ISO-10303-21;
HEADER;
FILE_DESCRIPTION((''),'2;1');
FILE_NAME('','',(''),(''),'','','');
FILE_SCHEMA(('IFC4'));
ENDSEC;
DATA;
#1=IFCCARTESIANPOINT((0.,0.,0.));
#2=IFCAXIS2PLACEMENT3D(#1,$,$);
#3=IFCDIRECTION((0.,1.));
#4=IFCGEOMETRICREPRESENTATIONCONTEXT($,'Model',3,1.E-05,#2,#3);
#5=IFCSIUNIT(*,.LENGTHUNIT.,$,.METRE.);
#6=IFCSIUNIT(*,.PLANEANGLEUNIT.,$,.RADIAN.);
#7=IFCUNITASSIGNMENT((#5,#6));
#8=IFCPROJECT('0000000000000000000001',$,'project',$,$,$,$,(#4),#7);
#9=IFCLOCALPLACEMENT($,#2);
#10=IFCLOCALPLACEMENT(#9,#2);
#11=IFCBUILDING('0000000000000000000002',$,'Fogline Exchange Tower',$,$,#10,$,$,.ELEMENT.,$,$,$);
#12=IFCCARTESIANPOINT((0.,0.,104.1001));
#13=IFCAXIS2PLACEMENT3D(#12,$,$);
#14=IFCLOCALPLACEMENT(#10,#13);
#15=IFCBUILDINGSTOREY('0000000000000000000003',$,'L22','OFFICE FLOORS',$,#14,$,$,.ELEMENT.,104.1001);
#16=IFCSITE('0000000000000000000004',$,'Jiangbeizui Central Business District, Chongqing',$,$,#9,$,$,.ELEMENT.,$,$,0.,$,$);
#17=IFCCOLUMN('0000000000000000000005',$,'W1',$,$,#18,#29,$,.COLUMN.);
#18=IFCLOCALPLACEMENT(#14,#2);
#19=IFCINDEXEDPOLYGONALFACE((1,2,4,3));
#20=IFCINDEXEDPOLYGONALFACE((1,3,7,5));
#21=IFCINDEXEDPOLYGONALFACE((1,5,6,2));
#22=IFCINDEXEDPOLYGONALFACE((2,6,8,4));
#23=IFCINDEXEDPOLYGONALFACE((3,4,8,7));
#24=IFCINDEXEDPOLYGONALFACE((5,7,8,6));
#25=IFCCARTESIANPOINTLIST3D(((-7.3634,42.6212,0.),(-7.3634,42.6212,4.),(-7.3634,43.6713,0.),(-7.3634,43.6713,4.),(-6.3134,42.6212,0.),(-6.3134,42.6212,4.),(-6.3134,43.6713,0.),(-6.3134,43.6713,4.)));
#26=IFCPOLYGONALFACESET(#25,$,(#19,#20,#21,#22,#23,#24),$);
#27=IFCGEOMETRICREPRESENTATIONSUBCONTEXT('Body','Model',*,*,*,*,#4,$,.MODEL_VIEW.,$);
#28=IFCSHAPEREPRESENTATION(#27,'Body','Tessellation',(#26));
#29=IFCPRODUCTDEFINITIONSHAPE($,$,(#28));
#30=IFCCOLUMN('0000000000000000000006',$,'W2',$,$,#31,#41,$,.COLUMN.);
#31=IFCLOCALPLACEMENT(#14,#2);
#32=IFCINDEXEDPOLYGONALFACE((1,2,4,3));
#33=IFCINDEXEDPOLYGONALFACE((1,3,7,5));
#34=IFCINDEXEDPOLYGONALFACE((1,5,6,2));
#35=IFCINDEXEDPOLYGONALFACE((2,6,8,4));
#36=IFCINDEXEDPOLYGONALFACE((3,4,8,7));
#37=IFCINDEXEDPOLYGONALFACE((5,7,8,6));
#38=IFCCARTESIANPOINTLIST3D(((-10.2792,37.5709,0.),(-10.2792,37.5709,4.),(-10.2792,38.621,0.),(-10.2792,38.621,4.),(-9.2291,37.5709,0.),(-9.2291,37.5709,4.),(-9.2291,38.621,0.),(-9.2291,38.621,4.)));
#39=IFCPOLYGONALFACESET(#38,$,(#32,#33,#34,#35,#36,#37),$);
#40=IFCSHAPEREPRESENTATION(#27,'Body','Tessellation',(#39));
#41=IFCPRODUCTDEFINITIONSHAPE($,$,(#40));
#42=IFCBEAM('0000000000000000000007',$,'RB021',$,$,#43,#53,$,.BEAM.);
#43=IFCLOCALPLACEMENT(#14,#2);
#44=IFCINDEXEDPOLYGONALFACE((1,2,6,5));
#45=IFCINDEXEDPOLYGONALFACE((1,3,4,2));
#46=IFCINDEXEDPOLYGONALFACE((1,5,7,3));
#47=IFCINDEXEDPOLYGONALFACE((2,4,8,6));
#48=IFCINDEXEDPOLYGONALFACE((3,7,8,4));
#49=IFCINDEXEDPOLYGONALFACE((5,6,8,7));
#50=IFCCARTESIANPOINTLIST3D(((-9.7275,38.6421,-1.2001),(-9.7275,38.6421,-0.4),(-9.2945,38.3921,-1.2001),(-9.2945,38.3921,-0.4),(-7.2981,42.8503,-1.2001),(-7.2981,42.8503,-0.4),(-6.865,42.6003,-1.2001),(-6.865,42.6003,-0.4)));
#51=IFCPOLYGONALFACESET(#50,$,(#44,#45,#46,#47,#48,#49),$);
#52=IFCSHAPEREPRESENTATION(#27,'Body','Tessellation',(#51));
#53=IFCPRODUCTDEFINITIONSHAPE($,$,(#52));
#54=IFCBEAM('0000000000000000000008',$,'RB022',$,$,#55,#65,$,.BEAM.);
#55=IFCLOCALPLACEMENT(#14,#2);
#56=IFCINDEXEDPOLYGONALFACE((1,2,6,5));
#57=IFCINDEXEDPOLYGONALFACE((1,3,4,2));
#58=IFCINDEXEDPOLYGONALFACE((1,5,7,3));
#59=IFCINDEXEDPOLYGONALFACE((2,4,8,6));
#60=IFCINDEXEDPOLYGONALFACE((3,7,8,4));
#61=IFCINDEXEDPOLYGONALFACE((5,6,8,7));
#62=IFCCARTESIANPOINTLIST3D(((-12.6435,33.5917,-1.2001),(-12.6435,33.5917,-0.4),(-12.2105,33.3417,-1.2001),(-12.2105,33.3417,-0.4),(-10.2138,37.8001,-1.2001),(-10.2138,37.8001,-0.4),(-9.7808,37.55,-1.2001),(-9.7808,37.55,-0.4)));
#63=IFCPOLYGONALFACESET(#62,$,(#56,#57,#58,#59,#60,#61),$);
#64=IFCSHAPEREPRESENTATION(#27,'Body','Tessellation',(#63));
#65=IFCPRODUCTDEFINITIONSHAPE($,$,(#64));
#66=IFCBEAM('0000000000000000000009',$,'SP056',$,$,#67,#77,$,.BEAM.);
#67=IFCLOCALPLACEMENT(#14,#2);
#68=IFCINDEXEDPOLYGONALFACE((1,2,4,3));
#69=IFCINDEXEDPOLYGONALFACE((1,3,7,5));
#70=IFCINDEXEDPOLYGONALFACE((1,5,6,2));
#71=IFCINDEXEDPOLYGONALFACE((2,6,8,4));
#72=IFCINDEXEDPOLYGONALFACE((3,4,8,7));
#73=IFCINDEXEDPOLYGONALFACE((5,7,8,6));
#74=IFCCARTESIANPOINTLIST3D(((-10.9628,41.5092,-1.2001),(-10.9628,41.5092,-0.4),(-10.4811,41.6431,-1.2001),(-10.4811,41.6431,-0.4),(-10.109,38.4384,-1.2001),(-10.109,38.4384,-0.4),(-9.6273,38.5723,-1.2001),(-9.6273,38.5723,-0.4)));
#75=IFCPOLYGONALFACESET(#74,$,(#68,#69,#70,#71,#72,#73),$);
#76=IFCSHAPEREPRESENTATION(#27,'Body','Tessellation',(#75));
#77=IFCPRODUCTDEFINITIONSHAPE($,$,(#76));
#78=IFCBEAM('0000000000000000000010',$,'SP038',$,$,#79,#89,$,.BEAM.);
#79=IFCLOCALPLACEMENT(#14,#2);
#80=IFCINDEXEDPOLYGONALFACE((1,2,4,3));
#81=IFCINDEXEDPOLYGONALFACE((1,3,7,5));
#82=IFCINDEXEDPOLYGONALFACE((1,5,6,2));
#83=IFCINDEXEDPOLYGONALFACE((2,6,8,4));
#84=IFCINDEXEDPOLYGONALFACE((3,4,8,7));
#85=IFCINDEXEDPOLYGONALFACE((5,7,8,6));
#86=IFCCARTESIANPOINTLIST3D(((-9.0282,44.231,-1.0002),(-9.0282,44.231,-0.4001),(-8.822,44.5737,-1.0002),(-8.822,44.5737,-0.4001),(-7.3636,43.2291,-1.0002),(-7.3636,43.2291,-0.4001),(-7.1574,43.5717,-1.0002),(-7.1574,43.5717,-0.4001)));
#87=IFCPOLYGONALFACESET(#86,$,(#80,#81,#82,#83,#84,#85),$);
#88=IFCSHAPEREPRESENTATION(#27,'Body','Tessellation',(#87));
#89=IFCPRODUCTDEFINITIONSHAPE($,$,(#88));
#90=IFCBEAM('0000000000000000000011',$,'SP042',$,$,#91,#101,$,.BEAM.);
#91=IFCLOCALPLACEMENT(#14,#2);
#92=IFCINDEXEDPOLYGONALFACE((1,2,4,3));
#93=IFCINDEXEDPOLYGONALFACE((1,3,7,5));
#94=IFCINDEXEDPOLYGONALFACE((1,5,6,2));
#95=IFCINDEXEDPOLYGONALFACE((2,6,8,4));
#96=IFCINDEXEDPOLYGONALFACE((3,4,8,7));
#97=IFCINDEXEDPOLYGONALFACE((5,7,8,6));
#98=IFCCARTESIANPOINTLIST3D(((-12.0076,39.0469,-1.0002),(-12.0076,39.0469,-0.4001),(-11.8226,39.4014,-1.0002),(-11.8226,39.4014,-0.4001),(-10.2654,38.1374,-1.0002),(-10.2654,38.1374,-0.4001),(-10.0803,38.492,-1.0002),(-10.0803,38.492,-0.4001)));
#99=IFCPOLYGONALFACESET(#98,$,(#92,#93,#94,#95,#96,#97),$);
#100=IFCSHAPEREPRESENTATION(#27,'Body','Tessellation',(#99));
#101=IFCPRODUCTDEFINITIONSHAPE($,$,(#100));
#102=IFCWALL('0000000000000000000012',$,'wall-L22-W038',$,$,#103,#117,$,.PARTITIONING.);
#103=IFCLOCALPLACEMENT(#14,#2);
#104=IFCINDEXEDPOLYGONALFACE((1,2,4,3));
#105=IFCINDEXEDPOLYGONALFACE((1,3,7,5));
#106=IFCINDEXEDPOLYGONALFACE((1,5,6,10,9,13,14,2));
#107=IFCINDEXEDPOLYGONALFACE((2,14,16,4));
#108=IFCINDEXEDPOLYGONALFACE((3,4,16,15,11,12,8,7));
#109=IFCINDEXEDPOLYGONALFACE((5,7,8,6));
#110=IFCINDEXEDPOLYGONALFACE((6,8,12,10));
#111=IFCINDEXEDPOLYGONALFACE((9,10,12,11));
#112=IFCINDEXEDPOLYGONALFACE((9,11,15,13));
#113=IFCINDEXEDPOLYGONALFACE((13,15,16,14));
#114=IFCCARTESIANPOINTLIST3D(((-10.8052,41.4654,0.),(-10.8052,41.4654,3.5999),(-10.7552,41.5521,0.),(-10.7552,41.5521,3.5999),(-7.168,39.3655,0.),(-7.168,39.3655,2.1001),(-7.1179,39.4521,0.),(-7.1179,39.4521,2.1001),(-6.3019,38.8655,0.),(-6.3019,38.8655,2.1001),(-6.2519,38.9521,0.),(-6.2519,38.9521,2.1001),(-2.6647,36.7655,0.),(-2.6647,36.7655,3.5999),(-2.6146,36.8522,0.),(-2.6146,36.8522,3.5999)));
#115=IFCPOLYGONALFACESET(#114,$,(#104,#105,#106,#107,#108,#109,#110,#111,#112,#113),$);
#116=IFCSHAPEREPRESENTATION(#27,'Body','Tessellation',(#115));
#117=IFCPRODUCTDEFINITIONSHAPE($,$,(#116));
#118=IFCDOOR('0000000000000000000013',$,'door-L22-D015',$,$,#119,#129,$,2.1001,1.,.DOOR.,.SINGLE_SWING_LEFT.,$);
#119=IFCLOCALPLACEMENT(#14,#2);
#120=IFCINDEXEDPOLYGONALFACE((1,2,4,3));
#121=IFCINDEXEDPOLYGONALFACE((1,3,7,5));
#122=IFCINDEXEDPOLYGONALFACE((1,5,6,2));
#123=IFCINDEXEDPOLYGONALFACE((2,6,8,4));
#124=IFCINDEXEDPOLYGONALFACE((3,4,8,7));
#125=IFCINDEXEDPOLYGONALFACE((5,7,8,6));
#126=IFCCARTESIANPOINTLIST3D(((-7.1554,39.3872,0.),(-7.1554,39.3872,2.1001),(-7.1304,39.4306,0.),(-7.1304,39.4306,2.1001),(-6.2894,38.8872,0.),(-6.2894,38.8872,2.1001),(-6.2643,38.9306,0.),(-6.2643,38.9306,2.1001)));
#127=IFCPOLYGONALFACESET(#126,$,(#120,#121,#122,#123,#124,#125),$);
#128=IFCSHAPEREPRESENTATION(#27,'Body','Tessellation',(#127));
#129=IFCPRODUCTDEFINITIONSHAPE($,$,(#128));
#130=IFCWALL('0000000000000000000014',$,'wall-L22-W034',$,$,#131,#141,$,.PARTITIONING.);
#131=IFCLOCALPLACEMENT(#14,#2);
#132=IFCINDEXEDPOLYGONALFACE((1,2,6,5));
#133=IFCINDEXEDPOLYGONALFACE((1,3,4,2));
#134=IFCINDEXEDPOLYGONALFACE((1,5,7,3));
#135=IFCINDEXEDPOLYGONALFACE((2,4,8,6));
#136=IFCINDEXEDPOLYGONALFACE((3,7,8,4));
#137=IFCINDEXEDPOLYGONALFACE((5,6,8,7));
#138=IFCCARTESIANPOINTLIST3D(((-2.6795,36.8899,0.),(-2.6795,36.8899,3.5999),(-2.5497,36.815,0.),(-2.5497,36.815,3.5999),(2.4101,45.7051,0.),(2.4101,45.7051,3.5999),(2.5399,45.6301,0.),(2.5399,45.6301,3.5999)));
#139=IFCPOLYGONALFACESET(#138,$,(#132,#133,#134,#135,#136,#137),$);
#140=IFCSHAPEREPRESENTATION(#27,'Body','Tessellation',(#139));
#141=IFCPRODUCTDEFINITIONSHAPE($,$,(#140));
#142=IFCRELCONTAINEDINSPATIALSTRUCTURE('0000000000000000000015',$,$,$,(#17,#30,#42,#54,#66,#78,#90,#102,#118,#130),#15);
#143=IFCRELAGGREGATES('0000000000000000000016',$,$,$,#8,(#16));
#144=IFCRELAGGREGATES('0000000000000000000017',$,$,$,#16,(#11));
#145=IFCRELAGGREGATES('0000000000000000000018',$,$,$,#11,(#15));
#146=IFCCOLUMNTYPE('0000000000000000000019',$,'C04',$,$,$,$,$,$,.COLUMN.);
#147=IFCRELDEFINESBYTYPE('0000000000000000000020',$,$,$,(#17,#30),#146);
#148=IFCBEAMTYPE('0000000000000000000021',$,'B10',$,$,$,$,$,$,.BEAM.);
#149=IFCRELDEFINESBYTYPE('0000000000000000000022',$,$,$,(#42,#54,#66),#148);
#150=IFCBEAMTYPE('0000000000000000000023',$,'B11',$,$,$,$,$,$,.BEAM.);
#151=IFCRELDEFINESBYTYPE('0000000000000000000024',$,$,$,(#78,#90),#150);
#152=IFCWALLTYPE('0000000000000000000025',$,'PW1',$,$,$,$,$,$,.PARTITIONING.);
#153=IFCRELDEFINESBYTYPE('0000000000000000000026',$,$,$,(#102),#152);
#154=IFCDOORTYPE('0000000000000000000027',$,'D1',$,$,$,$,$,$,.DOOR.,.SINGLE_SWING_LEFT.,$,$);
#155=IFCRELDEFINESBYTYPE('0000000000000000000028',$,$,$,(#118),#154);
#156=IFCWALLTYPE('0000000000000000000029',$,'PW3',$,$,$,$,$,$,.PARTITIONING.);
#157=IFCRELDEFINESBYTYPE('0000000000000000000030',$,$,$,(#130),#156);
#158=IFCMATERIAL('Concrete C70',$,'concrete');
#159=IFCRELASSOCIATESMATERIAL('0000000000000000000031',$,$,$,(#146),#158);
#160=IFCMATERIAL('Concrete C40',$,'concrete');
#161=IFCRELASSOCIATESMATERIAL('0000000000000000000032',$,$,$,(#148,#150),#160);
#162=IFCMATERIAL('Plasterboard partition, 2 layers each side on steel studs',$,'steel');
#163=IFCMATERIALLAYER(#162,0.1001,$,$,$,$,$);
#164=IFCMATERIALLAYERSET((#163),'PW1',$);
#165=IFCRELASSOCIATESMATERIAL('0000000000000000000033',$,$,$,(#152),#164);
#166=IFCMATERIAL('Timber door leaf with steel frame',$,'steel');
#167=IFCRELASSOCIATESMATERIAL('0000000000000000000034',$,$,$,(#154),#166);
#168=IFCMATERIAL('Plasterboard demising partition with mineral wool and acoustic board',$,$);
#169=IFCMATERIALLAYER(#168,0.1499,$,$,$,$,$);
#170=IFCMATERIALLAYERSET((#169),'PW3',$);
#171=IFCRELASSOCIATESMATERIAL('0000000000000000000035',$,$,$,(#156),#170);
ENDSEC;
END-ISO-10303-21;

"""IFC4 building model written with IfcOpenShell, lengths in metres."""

from ifc_helpers import new_model, si_unit, direction, frame, frame_2d, origin, origin_2d, place, context, subcontext, project, spatial, rectangle, extrude, material, layer, layer_set, material_profile, profile_set, type_object, element, fill, save


model = new_model("IFC4")

# Units and contexts
model_context = context("Model", 3, precision=1e-05, world=origin(), true_north=direction((0.0, 1.0)))
body_context = subcontext(model_context, "Body", "Model", "MODEL_VIEW")
ifc_project = project(units=[si_unit("LENGTHUNIT", "METRE"), si_unit("PLANEANGLEUNIT", "RADIAN")], contexts=[model_context])

# Site, building, storey
site_placement = place(None, origin())
site = spatial("IfcSite", under=ifc_project, at=site_placement, Name="Jiangbeizui Central Business District, Chongqing", CompositionType="ELEMENT", RefElevation=0.0)
building_placement = place(site_placement, origin())
building = spatial("IfcBuilding", under=site, at=building_placement, Name="Fogline Exchange Tower", CompositionType="ELEMENT")
storey_placement = place(building_placement, frame((0.0, 0.0, 104.1001)))
storey = spatial("IfcBuildingStorey", under=building, at=storey_placement, Name="L22", Description="OFFICE FLOORS", CompositionType="ELEMENT", Elevation=104.1001)

# Columns
ifc_material_1 = material(Name="Concrete C70", Category="concrete")
ifc_material_profile_1 = material_profile(ifc_material_1, rectangle(XDim=1.05, YDim=1.05, at=origin_2d()), Name="RC 1050x1050")
ifc_profile_set_1 = profile_set([ifc_material_profile_1], Name="Concrete C70")
column_type = type_object("IfcColumnType", Name="C04", PredefinedType="COLUMN", material=ifc_profile_set_1)
for number, where, z_axis, x_axis, name in (
    (1, (-6.8384, 43.1462, 0.0), (0.0, 0.0, 1.0), (1.0, 0.0, 0.0), "W1"),
    (2, (-9.7542, 38.0959, 0.0), (0.0, 0.0, 1.0), (1.0, 0.0, 0.0), "W2"),
):
    element("IfcColumn", number, at=place(storey_placement, frame(where, z_axis=z_axis, x_axis=x_axis)), inside=storey, type_object=column_type, Name=name, PredefinedType="COLUMN", context=body_context, shape_type="SweptSolid", body=[
        extrude(rectangle(XDim=1.05, YDim=1.05, at=origin_2d()), origin(), (0.0, 0.0, 1.0), 4.0),
    ])

# Beams
ifc_material_2 = material(Name="Concrete C40", Category="concrete")
ifc_material_profile_2 = material_profile(ifc_material_2, rectangle(XDim=0.5, YDim=0.8, at=origin_2d()), Name="RC 500x800")
ifc_profile_set_2 = profile_set([ifc_material_profile_2], Name="Concrete C40")
beam_type_1 = type_object("IfcBeamType", Name="B10", PredefinedType="BEAM", material=ifc_profile_set_2)
beam_1_placement = place(storey_placement, frame((-7.0815, 42.7253, -0.8), z_axis=(-0.49997, -0.866043, 0.0), x_axis=(0.866043, -0.49997, 0.0)))
element("IfcBeam", 3, at=beam_1_placement, inside=storey, type_object=beam_type_1, Name="RB021", PredefinedType="BEAM", context=body_context, shape_type="SweptSolid", body=[
    extrude(rectangle(XDim=0.5, YDim=0.8, at=origin_2d()), origin(), (0.0, 0.0, 1.0), 4.8591),
])
beam_2_placement = place(storey_placement, frame((-9.9973, 37.675, -0.8), z_axis=(-0.500008, -0.866021, 0.0), x_axis=(0.866021, -0.500008, 0.0)))
element("IfcBeam", 4, at=beam_2_placement, inside=storey, type_object=beam_type_1, Name="RB022", PredefinedType="BEAM", context=body_context, shape_type="SweptSolid", body=[
    extrude(rectangle(XDim=0.5, YDim=0.8, at=origin_2d()), origin(), (0.0, 0.0, 1.0), 4.8594),
])
beam_3_placement = place(storey_placement, frame((-9.8682, 38.5054, -0.8), z_axis=(-0.267865, 0.963456, 0.0), x_axis=(-0.963456, -0.267865, 0.0)))
element("IfcBeam", 5, at=beam_3_placement, inside=storey, type_object=beam_type_1, Name="SP056", PredefinedType="BEAM", context=body_context, shape_type="SweptSolid", body=[
    extrude(rectangle(XDim=0.5, YDim=0.8, at=origin_2d()), origin(), (0.0, 0.0, 1.0), 3.1873),
])
ifc_material_profile_3 = material_profile(ifc_material_2, rectangle(XDim=0.3999, YDim=0.6001, at=origin_2d()), Name="RC 400x600")
ifc_profile_set_3 = profile_set([ifc_material_profile_3], Name="Concrete C40")
beam_type_2 = type_object("IfcBeamType", Name="B11", PredefinedType="BEAM", material=ifc_profile_set_3)
beam_4_placement = place(storey_placement, frame((-7.2605, 43.4004, -0.7002), z_axis=(-0.85676, 0.515715, 0.0), x_axis=(-0.515715, -0.85676, 0.0)))
element("IfcBeam", 6, at=beam_4_placement, inside=storey, type_object=beam_type_2, Name="SP038", PredefinedType="BEAM", context=body_context, shape_type="SweptSolid", body=[
    extrude(rectangle(XDim=0.3999, YDim=0.6001, at=origin_2d()), origin(), (0.0, 0.0, 1.0), 1.9429),
])
beam_5_placement = place(storey_placement, frame((-10.1729, 38.3147, -0.7002), z_axis=(-0.88649, 0.462749, 0.0), x_axis=(-0.462749, -0.88649, 0.0)))
element("IfcBeam", 7, at=beam_5_placement, inside=storey, type_object=beam_type_2, Name="SP042", PredefinedType="BEAM", context=body_context, shape_type="SweptSolid", body=[
    extrude(rectangle(XDim=0.3999, YDim=0.6001, at=origin_2d()), origin(), (0.0, 0.0, 1.0), 1.9653),
])

# Wall, opening, door
ifc_material_3 = material(Name="Plasterboard partition, 2 layers each side on steel studs", Category="steel")
ifc_layer_1 = layer(ifc_material_3, 0.1001)
ifc_layer_set_1 = layer_set([ifc_layer_1], Name="PW1")
wall_type_1 = type_object("IfcWallType", Name="PW1", PredefinedType="PARTITIONING", material=ifc_layer_set_1)
wall_1_placement = place(storey_placement, frame((-2.6396, 36.8088, 0.0), z_axis=(0.0, 0.0, 1.0), x_axis=(-0.866027, 0.499997, 0.0)))
wall_1 = element("IfcWall", 8, at=wall_1_placement, inside=storey, type_object=wall_type_1, Name="wall-L22-W038", PredefinedType="PARTITIONING", context=body_context, shape_type="SweptSolid", body=[
    extrude(rectangle(XDim=9.3999, YDim=0.1001, at=frame_2d((4.7, 0.0))), origin(), (0.0, 0.0, 1.0), 3.5999),
])
opening_placement = place(wall_1_placement, frame((4.2, 0.0, 0.0)))
opening = element("IfcOpeningElement", 9, at=opening_placement, cuts=wall_1, PredefinedType="OPENING", context=body_context, shape_type="SweptSolid", body=[
    extrude(rectangle(XDim=1.0, YDim=2.1001, at=frame_2d((0.5, 1.05))), frame((0.0, 0.0601, 0.0), z_axis=(0.0, -1.0, 0.0), x_axis=(1.0, 0.0, 0.0)), (0.0, 0.0, 1.0), 0.1201),
])
ifc_material_4 = material(Name="Timber door leaf with steel frame", Category="steel")
door_type = type_object("IfcDoorType", Name="D1", OperationType="SINGLE_SWING_LEFT", PredefinedType="DOOR", material=ifc_material_4)
door_placement = place(opening_placement, origin())
door = element("IfcDoor", 10, at=door_placement, inside=storey, type_object=door_type, Name="door-L22-D015", OperationType="SINGLE_SWING_LEFT", OverallHeight=2.1001, OverallWidth=1.0, PredefinedType="DOOR", context=body_context, shape_type="SweptSolid", body=[
    extrude(rectangle(XDim=1.0, YDim=2.1001, at=frame_2d((0.5, 1.05))), frame((0.0, 0.0249, 0.0), z_axis=(0.0, -1.0, 0.0), x_axis=(1.0, 0.0, 0.0)), (0.0, 0.0, 1.0), 0.05),
])
fill(opening, door)

# Wall
ifc_material_5 = material(Name="Plasterboard demising partition with mineral wool and acoustic board")
ifc_layer_2 = layer(ifc_material_5, 0.1499)
ifc_layer_set_2 = layer_set([ifc_layer_2], Name="PW3")
wall_type_2 = type_object("IfcWallType", Name="PW3", PredefinedType="PARTITIONING", material=ifc_layer_set_2)
wall_2_placement = place(storey_placement, frame((-2.6145, 36.8525, 0.0), z_axis=(0.0, 0.0, 1.0), x_axis=(0.500011, 0.866019, 0.0)))
element("IfcWall", 11, at=wall_2_placement, inside=storey, type_object=wall_type_2, Name="wall-L22-W034", PredefinedType="PARTITIONING", context=body_context, shape_type="SweptSolid", body=[
    extrude(rectangle(XDim=10.179, YDim=0.1499, at=frame_2d((5.0894, 0.0))), origin(), (0.0, 0.0, 1.0), 3.5999),
])

save(model, "model.ifc")
